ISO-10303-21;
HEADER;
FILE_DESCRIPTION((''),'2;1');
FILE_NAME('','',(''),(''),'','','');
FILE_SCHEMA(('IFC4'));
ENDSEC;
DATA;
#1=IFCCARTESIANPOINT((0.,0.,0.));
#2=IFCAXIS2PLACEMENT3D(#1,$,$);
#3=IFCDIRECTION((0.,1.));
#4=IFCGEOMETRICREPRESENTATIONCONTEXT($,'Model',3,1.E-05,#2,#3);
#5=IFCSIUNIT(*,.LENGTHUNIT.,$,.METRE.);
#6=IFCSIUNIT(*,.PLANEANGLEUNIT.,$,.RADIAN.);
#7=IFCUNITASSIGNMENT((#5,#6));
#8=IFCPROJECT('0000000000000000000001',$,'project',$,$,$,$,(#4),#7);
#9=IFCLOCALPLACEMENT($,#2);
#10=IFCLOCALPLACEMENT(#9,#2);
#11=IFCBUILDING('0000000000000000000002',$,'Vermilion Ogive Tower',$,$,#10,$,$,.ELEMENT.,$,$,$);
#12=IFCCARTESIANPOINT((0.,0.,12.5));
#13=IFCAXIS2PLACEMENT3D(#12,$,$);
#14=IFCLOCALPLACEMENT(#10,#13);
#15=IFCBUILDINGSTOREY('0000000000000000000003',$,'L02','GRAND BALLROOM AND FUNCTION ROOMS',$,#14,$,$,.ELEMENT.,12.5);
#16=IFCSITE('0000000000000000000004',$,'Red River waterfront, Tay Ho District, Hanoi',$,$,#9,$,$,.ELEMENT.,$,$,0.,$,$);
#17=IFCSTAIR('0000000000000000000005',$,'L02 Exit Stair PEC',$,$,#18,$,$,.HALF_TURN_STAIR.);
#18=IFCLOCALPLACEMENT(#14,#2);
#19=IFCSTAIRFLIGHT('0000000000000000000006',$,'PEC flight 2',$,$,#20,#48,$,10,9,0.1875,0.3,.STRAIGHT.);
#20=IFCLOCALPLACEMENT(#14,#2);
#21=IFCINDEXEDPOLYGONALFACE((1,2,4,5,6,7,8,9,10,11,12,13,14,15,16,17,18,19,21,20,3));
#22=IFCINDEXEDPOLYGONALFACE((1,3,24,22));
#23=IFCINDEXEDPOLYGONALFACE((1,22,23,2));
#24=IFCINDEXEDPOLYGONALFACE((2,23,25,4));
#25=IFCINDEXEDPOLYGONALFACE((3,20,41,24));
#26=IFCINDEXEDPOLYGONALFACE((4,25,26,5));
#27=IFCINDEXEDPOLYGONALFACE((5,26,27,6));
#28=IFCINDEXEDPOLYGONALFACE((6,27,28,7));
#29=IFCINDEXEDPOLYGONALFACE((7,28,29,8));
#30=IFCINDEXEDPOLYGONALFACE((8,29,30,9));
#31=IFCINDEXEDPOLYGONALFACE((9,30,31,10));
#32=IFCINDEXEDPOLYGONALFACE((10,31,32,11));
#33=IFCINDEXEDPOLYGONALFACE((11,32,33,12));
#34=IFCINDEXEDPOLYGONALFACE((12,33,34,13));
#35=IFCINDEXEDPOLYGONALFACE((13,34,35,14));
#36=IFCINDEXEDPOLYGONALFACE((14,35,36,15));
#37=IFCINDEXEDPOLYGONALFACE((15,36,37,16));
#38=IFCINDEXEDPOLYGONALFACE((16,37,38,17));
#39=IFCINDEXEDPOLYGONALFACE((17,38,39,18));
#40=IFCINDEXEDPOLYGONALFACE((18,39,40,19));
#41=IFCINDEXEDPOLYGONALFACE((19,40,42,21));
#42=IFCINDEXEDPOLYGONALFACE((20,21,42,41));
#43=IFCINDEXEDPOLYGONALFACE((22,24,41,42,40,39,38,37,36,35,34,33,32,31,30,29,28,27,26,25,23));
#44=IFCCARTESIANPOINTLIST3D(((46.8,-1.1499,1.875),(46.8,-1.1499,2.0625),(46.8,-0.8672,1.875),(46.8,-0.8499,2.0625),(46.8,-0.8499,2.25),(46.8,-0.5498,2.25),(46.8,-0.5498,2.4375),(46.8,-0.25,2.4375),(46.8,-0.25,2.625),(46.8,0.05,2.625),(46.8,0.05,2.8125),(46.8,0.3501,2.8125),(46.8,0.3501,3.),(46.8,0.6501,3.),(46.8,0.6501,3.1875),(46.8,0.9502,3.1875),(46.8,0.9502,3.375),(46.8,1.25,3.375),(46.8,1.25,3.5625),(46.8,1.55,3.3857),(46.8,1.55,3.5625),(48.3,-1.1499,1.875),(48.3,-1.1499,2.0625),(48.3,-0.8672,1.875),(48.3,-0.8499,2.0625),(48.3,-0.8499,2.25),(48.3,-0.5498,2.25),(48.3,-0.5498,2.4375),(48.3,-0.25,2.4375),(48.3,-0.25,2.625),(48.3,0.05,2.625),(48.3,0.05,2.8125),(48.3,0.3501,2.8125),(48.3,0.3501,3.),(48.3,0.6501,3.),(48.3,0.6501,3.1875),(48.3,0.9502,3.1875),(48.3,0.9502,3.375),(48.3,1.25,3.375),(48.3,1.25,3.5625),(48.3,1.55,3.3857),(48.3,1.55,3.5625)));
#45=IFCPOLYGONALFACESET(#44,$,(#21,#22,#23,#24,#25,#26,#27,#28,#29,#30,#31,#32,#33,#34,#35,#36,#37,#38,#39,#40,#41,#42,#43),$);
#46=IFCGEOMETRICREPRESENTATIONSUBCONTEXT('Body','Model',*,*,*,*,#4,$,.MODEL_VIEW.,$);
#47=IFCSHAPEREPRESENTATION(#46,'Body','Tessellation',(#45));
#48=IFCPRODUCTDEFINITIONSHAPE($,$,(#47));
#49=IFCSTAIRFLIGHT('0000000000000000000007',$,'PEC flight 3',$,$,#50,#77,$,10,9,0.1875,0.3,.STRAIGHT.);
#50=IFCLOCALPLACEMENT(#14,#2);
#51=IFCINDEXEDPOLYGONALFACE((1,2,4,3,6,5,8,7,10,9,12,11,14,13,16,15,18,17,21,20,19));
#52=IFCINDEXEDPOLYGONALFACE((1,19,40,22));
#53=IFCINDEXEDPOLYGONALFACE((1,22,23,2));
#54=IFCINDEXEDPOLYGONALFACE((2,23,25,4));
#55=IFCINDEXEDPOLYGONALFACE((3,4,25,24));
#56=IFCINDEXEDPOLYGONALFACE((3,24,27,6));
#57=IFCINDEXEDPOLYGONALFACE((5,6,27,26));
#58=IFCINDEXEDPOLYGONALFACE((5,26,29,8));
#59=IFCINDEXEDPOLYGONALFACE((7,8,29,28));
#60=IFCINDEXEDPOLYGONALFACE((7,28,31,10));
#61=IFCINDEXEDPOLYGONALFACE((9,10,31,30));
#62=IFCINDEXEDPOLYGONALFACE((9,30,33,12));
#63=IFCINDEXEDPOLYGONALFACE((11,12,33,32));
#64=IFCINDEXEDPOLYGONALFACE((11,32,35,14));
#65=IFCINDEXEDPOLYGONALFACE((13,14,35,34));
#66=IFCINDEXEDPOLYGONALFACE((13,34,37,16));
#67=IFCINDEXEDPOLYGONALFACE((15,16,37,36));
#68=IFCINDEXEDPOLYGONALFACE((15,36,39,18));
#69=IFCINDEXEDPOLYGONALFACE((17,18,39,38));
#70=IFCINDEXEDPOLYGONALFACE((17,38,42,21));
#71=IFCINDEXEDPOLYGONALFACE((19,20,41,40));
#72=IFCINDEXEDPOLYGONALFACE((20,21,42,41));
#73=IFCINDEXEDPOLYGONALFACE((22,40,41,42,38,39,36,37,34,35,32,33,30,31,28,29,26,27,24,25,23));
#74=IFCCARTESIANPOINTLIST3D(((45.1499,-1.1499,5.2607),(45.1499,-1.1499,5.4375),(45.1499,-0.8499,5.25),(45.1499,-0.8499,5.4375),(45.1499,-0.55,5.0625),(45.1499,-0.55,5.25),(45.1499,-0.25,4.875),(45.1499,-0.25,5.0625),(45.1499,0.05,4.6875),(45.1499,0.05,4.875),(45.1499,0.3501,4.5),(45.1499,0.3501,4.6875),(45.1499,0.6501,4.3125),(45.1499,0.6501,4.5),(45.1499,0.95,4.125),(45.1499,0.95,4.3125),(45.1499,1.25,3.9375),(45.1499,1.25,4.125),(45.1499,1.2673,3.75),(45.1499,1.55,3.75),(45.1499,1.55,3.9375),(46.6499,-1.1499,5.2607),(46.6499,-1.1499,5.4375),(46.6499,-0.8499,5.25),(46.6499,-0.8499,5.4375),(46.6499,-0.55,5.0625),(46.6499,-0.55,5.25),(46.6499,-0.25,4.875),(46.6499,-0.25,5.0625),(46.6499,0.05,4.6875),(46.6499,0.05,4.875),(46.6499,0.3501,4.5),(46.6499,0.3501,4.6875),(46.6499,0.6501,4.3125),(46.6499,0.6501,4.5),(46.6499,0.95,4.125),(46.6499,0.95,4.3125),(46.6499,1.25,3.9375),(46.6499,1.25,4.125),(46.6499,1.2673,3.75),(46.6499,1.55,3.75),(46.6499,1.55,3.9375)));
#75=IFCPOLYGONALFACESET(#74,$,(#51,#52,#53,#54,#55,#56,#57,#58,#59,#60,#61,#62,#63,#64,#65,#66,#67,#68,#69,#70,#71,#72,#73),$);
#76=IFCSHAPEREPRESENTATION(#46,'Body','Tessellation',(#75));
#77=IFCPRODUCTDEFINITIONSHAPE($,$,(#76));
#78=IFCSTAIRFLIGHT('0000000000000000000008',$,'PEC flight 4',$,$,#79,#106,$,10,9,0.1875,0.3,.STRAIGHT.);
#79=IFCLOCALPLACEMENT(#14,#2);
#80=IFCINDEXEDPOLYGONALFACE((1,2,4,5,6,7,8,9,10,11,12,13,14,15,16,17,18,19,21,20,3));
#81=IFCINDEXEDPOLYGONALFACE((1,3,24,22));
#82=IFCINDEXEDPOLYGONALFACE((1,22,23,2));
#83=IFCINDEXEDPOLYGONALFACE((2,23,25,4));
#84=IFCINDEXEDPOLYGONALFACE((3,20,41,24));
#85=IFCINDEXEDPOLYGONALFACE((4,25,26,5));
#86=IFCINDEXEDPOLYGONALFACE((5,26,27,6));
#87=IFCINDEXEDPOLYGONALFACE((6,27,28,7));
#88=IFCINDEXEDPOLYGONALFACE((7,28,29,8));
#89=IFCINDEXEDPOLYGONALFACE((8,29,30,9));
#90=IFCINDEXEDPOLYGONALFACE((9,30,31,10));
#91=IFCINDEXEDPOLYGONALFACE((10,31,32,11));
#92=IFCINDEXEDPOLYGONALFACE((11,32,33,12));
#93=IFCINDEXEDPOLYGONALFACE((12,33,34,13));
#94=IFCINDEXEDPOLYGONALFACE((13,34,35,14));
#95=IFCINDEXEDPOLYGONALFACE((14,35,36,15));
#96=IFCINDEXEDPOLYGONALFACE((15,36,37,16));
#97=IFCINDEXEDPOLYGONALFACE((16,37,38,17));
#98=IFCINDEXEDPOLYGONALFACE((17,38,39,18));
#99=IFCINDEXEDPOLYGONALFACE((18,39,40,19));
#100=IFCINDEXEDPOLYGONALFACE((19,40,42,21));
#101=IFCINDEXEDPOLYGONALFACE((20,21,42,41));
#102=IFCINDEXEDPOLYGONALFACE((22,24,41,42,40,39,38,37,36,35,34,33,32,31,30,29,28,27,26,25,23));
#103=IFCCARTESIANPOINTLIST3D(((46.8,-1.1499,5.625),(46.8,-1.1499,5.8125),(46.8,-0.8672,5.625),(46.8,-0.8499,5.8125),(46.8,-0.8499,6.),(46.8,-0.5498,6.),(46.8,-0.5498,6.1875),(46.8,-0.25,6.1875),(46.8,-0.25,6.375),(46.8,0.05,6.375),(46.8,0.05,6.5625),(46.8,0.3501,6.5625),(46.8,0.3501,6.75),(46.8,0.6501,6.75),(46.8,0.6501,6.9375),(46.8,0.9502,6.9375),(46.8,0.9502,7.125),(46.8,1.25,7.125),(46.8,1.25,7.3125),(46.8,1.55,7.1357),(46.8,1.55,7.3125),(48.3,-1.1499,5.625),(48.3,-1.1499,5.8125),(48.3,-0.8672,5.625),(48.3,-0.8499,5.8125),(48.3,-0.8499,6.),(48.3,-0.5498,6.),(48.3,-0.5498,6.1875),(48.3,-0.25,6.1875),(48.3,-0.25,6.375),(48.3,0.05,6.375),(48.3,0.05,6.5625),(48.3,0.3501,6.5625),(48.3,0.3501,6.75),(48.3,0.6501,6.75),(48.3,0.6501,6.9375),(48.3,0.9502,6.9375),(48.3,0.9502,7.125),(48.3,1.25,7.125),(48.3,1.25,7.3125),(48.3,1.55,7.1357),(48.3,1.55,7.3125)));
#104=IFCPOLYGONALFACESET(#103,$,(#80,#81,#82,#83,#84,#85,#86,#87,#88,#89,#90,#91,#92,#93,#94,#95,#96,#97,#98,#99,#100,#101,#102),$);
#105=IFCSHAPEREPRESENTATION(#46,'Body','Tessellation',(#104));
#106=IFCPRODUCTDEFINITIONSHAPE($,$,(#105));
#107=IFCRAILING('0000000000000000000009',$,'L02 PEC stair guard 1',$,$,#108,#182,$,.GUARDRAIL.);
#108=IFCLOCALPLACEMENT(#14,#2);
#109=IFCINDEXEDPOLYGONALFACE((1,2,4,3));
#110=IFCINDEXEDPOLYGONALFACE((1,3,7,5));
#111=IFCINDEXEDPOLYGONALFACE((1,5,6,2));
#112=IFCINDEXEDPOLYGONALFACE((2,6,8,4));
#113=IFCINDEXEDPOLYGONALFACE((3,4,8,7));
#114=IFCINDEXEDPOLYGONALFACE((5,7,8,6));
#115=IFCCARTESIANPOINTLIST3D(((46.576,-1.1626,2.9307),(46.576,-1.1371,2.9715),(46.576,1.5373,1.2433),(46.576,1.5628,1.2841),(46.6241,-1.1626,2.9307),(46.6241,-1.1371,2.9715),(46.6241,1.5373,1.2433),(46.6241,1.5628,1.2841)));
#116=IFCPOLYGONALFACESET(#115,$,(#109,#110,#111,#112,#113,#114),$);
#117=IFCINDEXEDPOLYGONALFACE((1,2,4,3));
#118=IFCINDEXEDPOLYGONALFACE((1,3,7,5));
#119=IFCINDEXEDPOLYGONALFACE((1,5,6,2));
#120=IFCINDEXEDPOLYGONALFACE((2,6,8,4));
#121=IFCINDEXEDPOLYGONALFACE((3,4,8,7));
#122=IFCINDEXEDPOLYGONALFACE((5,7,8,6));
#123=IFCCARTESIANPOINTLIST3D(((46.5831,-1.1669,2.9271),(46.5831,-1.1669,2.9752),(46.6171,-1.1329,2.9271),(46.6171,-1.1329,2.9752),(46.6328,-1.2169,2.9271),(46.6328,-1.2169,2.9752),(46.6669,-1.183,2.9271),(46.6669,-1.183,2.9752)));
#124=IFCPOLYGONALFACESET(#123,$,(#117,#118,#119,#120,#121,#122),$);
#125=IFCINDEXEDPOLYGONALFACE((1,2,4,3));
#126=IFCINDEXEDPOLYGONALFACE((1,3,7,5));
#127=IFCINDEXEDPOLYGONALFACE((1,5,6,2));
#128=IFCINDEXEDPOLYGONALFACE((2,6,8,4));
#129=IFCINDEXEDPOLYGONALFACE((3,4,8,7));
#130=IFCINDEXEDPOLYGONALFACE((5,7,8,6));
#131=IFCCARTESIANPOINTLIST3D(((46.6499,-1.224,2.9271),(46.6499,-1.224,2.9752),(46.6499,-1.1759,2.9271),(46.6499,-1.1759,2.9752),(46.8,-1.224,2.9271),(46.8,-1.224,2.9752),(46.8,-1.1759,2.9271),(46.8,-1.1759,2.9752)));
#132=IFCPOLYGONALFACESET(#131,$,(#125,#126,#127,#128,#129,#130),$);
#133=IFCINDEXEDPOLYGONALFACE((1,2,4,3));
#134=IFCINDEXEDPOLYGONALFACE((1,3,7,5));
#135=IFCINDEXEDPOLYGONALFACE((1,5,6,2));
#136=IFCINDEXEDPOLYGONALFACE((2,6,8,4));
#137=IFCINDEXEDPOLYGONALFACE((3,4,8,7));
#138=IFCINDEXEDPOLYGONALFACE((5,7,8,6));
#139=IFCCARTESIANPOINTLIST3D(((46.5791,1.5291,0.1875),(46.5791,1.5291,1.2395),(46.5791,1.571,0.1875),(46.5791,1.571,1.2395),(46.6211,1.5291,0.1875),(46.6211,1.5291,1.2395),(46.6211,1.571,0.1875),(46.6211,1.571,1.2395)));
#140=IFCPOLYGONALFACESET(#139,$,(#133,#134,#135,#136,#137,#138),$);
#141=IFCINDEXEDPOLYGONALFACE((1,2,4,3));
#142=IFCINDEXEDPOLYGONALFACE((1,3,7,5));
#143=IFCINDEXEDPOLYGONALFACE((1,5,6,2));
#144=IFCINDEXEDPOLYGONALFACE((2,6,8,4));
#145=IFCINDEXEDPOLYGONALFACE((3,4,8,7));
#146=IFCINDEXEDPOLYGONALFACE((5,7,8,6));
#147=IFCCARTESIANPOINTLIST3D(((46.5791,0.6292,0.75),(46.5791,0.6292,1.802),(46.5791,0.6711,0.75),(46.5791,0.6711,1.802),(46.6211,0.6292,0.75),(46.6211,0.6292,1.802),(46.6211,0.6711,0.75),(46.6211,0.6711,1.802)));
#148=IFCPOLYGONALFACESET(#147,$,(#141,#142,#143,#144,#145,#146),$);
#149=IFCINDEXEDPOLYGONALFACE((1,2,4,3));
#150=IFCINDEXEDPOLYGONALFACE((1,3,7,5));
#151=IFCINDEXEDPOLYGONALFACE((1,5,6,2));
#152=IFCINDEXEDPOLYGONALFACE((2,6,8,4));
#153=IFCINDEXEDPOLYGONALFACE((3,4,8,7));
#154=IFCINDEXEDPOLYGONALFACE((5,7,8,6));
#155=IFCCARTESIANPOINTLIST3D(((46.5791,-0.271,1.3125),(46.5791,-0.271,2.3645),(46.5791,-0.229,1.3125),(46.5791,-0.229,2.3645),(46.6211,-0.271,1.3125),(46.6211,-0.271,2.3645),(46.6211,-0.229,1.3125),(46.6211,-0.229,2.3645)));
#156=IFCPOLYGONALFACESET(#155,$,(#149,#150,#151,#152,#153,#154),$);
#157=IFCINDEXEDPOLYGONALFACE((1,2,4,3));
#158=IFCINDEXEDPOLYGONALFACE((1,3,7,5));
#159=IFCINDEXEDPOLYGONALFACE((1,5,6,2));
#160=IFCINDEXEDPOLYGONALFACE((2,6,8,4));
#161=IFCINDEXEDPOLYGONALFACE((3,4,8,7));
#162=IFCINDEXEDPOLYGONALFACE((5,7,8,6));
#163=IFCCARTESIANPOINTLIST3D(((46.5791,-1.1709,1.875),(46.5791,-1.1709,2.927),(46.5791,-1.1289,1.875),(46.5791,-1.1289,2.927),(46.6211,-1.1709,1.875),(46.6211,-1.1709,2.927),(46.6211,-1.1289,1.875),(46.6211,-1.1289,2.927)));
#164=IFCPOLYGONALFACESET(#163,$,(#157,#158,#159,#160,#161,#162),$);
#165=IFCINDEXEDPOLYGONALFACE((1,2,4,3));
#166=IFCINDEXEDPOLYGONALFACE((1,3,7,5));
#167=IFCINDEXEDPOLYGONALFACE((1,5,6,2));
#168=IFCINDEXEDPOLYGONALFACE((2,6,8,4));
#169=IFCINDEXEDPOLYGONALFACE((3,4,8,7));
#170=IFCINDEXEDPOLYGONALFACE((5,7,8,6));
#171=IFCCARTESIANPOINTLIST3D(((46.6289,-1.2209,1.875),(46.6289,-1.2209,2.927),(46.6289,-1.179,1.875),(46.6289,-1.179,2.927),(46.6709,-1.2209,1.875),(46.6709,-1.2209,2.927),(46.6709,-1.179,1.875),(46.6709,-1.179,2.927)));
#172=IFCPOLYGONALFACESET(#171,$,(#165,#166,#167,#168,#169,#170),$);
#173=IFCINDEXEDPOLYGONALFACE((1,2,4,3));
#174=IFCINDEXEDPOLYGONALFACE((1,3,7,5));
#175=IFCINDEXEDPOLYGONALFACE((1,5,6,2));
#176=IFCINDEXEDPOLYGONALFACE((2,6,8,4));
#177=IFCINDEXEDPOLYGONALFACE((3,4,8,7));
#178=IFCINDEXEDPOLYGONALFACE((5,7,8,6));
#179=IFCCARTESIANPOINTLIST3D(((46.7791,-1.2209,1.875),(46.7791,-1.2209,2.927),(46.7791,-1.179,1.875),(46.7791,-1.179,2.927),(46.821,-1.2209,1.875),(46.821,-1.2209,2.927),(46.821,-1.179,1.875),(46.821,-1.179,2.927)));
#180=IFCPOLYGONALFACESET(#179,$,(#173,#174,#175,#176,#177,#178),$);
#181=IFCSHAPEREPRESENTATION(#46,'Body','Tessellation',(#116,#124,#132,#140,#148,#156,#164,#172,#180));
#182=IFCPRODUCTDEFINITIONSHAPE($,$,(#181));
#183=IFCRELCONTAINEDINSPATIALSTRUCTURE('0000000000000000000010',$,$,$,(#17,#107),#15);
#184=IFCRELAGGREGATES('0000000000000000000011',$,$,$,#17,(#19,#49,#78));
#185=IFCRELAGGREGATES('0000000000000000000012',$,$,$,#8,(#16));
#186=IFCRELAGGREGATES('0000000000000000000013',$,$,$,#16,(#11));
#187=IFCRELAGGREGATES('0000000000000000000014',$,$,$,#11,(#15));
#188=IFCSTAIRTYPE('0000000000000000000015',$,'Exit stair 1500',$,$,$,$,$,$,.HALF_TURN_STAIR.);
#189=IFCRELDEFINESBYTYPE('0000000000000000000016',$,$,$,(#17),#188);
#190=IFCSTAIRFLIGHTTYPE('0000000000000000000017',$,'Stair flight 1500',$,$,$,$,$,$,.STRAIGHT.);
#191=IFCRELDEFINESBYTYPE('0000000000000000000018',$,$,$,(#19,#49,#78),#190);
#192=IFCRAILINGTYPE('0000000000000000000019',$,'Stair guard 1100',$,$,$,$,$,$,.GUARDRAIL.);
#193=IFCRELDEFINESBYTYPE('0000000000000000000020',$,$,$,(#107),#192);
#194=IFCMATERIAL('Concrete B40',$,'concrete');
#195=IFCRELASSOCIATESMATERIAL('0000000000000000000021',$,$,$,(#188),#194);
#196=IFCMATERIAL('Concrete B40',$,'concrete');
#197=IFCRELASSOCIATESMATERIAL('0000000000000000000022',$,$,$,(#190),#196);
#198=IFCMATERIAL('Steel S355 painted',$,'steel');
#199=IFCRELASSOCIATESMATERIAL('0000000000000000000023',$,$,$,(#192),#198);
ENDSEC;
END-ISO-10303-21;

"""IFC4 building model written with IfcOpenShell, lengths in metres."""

from ifc_helpers import new_model, si_unit, direction, frame, origin, origin_2d, place, context, subcontext, project, spatial, polyline, rectangle, outline, extrude, material, type_object, element, aggregate, save


model = new_model("IFC4")

# Units and contexts
model_context = context("Model", 3, precision=1e-05, world=origin(), true_north=direction((0.0, 1.0)))
body_context = subcontext(model_context, "Body", "Model", "MODEL_VIEW")
ifc_project = project(units=[si_unit("LENGTHUNIT", "METRE"), si_unit("PLANEANGLEUNIT", "RADIAN")], contexts=[model_context])

# Site, building, storey
site_placement = place(None, origin())
site = spatial("IfcSite", under=ifc_project, at=site_placement, Name="Red River waterfront, Tay Ho District, Hanoi", CompositionType="ELEMENT", RefElevation=0.0)
building_placement = place(site_placement, origin())
building = spatial("IfcBuilding", under=site, at=building_placement, Name="Vermilion Ogive Tower", CompositionType="ELEMENT")
storey_placement = place(building_placement, frame((0.0, 0.0, 12.5)))
storey = spatial("IfcBuildingStorey", under=building, at=storey_placement, Name="L02", Description="GRAND BALLROOM AND FUNCTION ROOMS", CompositionType="ELEMENT", Elevation=12.5)

# Stair, stair flights
ifc_material_1 = material(Name="Concrete B40", Category="concrete")
stair_type = type_object("IfcStairType", Name="Exit stair 1500", PredefinedType="HALF_TURN_STAIR", material=ifc_material_1)
stair_placement = place(storey_placement, origin())
stair = element("IfcStair", 1, at=stair_placement, inside=storey, type_object=stair_type, Name="L02 Exit Stair PEC", PredefinedType="HALF_TURN_STAIR")
ifc_material_2 = material(Name="Concrete B40", Category="concrete")
stair_flight_type = type_object("IfcStairFlightType", Name="Stair flight 1500", PredefinedType="STRAIGHT", material=ifc_material_2)
stair_flight_1_placement = place(storey_placement, frame((47.55, -1.1499, 1.875), z_axis=(0.0, 0.0, 1.0), x_axis=(0.0, 1.0, 0.0)))
stair_flight_1 = element("IfcStairFlight", 2, at=stair_flight_1_placement, type_object=stair_flight_type, Name="PEC flight 2", NumberOfRisers=10, NumberOfTreads=9, PredefinedType="STRAIGHT", RiserHeight=0.1875, TreadLength=0.3, context=body_context, shape_type="SweptSolid", body=[
    extrude(outline(polyline([(0.0, 0.0), (0.0, 0.1875), (0.3, 0.1875), (0.3, 0.375), (0.6001, 0.375), (0.6001, 0.5625), (0.8999, 0.5625), (0.8999, 0.75), (1.2, 0.75), (1.2, 0.9375), (1.5, 0.9375), (1.5, 1.125), (1.8, 1.125), (1.8, 1.3125), (2.1001, 1.3125), (2.1001, 1.5), (2.3999, 1.5), (2.3999, 1.6875), (2.7, 1.6875), (2.7, 1.875), (2.7, 1.5107), (0.2827, 0.0), (0.0, 0.0)])), frame((0.0, 0.75, 0.0), z_axis=(0.0, -1.0, 0.0), x_axis=(1.0, 0.0, 0.0)), (0.0, 0.0, 1.0), 1.5),
])
stair_flight_2_placement = place(storey_placement, frame((45.8999, 1.55, 3.75), z_axis=(0.0, 0.0, 1.0), x_axis=(0.0, -1.0, 0.0)))
stair_flight_2 = element("IfcStairFlight", 3, at=stair_flight_2_placement, type_object=stair_flight_type, Name="PEC flight 3", NumberOfRisers=10, NumberOfTreads=9, PredefinedType="STRAIGHT", RiserHeight=0.1875, TreadLength=0.3, context=body_context, shape_type="SweptSolid", body=[
    extrude(outline(polyline([(0.0, 0.0), (0.0, 0.1875), (0.3, 0.1875), (0.3, 0.375), (0.6001, 0.375), (0.6001, 0.5625), (0.8999, 0.5625), (0.8999, 0.75), (1.2, 0.75), (1.2, 0.9375), (1.5, 0.9375), (1.5, 1.125), (1.8, 1.125), (1.8, 1.3125), (2.1001, 1.3125), (2.1001, 1.5), (2.3999, 1.5), (2.3999, 1.6875), (2.7, 1.6875), (2.7, 1.875), (2.7, 1.5107), (0.2827, 0.0), (0.0, 0.0)])), frame((0.0, 0.75, 0.0), z_axis=(0.0, -1.0, 0.0), x_axis=(1.0, 0.0, 0.0)), (0.0, 0.0, 1.0), 1.5),
])
stair_flight_3_placement = place(storey_placement, frame((47.55, -1.1499, 5.625), z_axis=(0.0, 0.0, 1.0), x_axis=(0.0, 1.0, 0.0)))
stair_flight_3 = element("IfcStairFlight", 4, at=stair_flight_3_placement, type_object=stair_flight_type, Name="PEC flight 4", NumberOfRisers=10, NumberOfTreads=9, PredefinedType="STRAIGHT", RiserHeight=0.1875, TreadLength=0.3, context=body_context, shape_type="SweptSolid", body=[
    extrude(outline(polyline([(0.0, 0.0), (0.0, 0.1875), (0.3, 0.1875), (0.3, 0.375), (0.6001, 0.375), (0.6001, 0.5625), (0.8999, 0.5625), (0.8999, 0.75), (1.2, 0.75), (1.2, 0.9375), (1.5, 0.9375), (1.5, 1.125), (1.8, 1.125), (1.8, 1.3125), (2.1001, 1.3125), (2.1001, 1.5), (2.3999, 1.5), (2.3999, 1.6875), (2.7, 1.6875), (2.7, 1.875), (2.7, 1.5107), (0.2827, 0.0), (0.0, 0.0)])), frame((0.0, 0.75, 0.0), z_axis=(0.0, -1.0, 0.0), x_axis=(1.0, 0.0, 0.0)), (0.0, 0.0, 1.0), 1.5),
])
aggregate(stair, [stair_flight_1, stair_flight_2, stair_flight_3])

# Railing
ifc_material_3 = material(Name="Steel S355 painted", Category="steel")
railing_type_1 = type_object("IfcRailingType", Name="Stair guard 1100", PredefinedType="GUARDRAIL", material=ifc_material_3)
railing_1_placement = place(storey_placement, frame((46.6001, 1.55, 0.1875)))
element("IfcRailing", 5, at=railing_1_placement, inside=storey, type_object=railing_type_1, Name="L02 PEC stair guard 1", PredefinedType="GUARDRAIL", context=body_context, shape_type="SweptSolid", body=[
    extrude(rectangle(XDim=0.0481, YDim=0.0481, at=origin_2d()), frame((0.0, 0.0, 1.0762), z_axis=(0.0, -0.847994, 0.530006), x_axis=(1.0, 0.0, 0.0)), (0.0, 0.0, 1.0), 3.1838),
    extrude(rectangle(XDim=0.0481, YDim=0.0481, at=origin_2d()), frame((0.0, -2.7, 2.7637), z_axis=(0.705376, -0.708834, 0.0), x_axis=(0.708834, 0.705376, 0.0)), (0.0, 0.0, 1.0), 0.0706),
    extrude(rectangle(XDim=0.0481, YDim=0.0481, at=origin_2d()), frame((0.0498, -2.75, 2.7637), z_axis=(1.0, 0.0, 0.0), x_axis=(0.0, 1.0, 0.0)), (0.0, 0.0, 1.0), 0.1501),
    extrude(rectangle(XDim=0.042, YDim=0.042, at=origin_2d()), origin(), (0.0, 0.0, 1.0), 1.052),
    extrude(rectangle(XDim=0.042, YDim=0.042, at=origin_2d()), frame((0.0, -0.8999, 0.5625)), (0.0, 0.0, 1.0), 1.052),
    extrude(rectangle(XDim=0.042, YDim=0.042, at=origin_2d()), frame((0.0, -1.8, 1.125)), (0.0, 0.0, 1.0), 1.052),
    extrude(rectangle(XDim=0.042, YDim=0.042, at=origin_2d()), frame((0.0, -2.7, 1.6875)), (0.0, 0.0, 1.0), 1.052),
    extrude(rectangle(XDim=0.042, YDim=0.042, at=origin_2d()), frame((0.0498, -2.75, 1.6875)), (0.0, 0.0, 1.0), 1.052),
    extrude(rectangle(XDim=0.042, YDim=0.042, at=origin_2d()), frame((0.2, -2.75, 1.6875)), (0.0, 0.0, 1.0), 1.052),
])

save(model, "model.ifc")
